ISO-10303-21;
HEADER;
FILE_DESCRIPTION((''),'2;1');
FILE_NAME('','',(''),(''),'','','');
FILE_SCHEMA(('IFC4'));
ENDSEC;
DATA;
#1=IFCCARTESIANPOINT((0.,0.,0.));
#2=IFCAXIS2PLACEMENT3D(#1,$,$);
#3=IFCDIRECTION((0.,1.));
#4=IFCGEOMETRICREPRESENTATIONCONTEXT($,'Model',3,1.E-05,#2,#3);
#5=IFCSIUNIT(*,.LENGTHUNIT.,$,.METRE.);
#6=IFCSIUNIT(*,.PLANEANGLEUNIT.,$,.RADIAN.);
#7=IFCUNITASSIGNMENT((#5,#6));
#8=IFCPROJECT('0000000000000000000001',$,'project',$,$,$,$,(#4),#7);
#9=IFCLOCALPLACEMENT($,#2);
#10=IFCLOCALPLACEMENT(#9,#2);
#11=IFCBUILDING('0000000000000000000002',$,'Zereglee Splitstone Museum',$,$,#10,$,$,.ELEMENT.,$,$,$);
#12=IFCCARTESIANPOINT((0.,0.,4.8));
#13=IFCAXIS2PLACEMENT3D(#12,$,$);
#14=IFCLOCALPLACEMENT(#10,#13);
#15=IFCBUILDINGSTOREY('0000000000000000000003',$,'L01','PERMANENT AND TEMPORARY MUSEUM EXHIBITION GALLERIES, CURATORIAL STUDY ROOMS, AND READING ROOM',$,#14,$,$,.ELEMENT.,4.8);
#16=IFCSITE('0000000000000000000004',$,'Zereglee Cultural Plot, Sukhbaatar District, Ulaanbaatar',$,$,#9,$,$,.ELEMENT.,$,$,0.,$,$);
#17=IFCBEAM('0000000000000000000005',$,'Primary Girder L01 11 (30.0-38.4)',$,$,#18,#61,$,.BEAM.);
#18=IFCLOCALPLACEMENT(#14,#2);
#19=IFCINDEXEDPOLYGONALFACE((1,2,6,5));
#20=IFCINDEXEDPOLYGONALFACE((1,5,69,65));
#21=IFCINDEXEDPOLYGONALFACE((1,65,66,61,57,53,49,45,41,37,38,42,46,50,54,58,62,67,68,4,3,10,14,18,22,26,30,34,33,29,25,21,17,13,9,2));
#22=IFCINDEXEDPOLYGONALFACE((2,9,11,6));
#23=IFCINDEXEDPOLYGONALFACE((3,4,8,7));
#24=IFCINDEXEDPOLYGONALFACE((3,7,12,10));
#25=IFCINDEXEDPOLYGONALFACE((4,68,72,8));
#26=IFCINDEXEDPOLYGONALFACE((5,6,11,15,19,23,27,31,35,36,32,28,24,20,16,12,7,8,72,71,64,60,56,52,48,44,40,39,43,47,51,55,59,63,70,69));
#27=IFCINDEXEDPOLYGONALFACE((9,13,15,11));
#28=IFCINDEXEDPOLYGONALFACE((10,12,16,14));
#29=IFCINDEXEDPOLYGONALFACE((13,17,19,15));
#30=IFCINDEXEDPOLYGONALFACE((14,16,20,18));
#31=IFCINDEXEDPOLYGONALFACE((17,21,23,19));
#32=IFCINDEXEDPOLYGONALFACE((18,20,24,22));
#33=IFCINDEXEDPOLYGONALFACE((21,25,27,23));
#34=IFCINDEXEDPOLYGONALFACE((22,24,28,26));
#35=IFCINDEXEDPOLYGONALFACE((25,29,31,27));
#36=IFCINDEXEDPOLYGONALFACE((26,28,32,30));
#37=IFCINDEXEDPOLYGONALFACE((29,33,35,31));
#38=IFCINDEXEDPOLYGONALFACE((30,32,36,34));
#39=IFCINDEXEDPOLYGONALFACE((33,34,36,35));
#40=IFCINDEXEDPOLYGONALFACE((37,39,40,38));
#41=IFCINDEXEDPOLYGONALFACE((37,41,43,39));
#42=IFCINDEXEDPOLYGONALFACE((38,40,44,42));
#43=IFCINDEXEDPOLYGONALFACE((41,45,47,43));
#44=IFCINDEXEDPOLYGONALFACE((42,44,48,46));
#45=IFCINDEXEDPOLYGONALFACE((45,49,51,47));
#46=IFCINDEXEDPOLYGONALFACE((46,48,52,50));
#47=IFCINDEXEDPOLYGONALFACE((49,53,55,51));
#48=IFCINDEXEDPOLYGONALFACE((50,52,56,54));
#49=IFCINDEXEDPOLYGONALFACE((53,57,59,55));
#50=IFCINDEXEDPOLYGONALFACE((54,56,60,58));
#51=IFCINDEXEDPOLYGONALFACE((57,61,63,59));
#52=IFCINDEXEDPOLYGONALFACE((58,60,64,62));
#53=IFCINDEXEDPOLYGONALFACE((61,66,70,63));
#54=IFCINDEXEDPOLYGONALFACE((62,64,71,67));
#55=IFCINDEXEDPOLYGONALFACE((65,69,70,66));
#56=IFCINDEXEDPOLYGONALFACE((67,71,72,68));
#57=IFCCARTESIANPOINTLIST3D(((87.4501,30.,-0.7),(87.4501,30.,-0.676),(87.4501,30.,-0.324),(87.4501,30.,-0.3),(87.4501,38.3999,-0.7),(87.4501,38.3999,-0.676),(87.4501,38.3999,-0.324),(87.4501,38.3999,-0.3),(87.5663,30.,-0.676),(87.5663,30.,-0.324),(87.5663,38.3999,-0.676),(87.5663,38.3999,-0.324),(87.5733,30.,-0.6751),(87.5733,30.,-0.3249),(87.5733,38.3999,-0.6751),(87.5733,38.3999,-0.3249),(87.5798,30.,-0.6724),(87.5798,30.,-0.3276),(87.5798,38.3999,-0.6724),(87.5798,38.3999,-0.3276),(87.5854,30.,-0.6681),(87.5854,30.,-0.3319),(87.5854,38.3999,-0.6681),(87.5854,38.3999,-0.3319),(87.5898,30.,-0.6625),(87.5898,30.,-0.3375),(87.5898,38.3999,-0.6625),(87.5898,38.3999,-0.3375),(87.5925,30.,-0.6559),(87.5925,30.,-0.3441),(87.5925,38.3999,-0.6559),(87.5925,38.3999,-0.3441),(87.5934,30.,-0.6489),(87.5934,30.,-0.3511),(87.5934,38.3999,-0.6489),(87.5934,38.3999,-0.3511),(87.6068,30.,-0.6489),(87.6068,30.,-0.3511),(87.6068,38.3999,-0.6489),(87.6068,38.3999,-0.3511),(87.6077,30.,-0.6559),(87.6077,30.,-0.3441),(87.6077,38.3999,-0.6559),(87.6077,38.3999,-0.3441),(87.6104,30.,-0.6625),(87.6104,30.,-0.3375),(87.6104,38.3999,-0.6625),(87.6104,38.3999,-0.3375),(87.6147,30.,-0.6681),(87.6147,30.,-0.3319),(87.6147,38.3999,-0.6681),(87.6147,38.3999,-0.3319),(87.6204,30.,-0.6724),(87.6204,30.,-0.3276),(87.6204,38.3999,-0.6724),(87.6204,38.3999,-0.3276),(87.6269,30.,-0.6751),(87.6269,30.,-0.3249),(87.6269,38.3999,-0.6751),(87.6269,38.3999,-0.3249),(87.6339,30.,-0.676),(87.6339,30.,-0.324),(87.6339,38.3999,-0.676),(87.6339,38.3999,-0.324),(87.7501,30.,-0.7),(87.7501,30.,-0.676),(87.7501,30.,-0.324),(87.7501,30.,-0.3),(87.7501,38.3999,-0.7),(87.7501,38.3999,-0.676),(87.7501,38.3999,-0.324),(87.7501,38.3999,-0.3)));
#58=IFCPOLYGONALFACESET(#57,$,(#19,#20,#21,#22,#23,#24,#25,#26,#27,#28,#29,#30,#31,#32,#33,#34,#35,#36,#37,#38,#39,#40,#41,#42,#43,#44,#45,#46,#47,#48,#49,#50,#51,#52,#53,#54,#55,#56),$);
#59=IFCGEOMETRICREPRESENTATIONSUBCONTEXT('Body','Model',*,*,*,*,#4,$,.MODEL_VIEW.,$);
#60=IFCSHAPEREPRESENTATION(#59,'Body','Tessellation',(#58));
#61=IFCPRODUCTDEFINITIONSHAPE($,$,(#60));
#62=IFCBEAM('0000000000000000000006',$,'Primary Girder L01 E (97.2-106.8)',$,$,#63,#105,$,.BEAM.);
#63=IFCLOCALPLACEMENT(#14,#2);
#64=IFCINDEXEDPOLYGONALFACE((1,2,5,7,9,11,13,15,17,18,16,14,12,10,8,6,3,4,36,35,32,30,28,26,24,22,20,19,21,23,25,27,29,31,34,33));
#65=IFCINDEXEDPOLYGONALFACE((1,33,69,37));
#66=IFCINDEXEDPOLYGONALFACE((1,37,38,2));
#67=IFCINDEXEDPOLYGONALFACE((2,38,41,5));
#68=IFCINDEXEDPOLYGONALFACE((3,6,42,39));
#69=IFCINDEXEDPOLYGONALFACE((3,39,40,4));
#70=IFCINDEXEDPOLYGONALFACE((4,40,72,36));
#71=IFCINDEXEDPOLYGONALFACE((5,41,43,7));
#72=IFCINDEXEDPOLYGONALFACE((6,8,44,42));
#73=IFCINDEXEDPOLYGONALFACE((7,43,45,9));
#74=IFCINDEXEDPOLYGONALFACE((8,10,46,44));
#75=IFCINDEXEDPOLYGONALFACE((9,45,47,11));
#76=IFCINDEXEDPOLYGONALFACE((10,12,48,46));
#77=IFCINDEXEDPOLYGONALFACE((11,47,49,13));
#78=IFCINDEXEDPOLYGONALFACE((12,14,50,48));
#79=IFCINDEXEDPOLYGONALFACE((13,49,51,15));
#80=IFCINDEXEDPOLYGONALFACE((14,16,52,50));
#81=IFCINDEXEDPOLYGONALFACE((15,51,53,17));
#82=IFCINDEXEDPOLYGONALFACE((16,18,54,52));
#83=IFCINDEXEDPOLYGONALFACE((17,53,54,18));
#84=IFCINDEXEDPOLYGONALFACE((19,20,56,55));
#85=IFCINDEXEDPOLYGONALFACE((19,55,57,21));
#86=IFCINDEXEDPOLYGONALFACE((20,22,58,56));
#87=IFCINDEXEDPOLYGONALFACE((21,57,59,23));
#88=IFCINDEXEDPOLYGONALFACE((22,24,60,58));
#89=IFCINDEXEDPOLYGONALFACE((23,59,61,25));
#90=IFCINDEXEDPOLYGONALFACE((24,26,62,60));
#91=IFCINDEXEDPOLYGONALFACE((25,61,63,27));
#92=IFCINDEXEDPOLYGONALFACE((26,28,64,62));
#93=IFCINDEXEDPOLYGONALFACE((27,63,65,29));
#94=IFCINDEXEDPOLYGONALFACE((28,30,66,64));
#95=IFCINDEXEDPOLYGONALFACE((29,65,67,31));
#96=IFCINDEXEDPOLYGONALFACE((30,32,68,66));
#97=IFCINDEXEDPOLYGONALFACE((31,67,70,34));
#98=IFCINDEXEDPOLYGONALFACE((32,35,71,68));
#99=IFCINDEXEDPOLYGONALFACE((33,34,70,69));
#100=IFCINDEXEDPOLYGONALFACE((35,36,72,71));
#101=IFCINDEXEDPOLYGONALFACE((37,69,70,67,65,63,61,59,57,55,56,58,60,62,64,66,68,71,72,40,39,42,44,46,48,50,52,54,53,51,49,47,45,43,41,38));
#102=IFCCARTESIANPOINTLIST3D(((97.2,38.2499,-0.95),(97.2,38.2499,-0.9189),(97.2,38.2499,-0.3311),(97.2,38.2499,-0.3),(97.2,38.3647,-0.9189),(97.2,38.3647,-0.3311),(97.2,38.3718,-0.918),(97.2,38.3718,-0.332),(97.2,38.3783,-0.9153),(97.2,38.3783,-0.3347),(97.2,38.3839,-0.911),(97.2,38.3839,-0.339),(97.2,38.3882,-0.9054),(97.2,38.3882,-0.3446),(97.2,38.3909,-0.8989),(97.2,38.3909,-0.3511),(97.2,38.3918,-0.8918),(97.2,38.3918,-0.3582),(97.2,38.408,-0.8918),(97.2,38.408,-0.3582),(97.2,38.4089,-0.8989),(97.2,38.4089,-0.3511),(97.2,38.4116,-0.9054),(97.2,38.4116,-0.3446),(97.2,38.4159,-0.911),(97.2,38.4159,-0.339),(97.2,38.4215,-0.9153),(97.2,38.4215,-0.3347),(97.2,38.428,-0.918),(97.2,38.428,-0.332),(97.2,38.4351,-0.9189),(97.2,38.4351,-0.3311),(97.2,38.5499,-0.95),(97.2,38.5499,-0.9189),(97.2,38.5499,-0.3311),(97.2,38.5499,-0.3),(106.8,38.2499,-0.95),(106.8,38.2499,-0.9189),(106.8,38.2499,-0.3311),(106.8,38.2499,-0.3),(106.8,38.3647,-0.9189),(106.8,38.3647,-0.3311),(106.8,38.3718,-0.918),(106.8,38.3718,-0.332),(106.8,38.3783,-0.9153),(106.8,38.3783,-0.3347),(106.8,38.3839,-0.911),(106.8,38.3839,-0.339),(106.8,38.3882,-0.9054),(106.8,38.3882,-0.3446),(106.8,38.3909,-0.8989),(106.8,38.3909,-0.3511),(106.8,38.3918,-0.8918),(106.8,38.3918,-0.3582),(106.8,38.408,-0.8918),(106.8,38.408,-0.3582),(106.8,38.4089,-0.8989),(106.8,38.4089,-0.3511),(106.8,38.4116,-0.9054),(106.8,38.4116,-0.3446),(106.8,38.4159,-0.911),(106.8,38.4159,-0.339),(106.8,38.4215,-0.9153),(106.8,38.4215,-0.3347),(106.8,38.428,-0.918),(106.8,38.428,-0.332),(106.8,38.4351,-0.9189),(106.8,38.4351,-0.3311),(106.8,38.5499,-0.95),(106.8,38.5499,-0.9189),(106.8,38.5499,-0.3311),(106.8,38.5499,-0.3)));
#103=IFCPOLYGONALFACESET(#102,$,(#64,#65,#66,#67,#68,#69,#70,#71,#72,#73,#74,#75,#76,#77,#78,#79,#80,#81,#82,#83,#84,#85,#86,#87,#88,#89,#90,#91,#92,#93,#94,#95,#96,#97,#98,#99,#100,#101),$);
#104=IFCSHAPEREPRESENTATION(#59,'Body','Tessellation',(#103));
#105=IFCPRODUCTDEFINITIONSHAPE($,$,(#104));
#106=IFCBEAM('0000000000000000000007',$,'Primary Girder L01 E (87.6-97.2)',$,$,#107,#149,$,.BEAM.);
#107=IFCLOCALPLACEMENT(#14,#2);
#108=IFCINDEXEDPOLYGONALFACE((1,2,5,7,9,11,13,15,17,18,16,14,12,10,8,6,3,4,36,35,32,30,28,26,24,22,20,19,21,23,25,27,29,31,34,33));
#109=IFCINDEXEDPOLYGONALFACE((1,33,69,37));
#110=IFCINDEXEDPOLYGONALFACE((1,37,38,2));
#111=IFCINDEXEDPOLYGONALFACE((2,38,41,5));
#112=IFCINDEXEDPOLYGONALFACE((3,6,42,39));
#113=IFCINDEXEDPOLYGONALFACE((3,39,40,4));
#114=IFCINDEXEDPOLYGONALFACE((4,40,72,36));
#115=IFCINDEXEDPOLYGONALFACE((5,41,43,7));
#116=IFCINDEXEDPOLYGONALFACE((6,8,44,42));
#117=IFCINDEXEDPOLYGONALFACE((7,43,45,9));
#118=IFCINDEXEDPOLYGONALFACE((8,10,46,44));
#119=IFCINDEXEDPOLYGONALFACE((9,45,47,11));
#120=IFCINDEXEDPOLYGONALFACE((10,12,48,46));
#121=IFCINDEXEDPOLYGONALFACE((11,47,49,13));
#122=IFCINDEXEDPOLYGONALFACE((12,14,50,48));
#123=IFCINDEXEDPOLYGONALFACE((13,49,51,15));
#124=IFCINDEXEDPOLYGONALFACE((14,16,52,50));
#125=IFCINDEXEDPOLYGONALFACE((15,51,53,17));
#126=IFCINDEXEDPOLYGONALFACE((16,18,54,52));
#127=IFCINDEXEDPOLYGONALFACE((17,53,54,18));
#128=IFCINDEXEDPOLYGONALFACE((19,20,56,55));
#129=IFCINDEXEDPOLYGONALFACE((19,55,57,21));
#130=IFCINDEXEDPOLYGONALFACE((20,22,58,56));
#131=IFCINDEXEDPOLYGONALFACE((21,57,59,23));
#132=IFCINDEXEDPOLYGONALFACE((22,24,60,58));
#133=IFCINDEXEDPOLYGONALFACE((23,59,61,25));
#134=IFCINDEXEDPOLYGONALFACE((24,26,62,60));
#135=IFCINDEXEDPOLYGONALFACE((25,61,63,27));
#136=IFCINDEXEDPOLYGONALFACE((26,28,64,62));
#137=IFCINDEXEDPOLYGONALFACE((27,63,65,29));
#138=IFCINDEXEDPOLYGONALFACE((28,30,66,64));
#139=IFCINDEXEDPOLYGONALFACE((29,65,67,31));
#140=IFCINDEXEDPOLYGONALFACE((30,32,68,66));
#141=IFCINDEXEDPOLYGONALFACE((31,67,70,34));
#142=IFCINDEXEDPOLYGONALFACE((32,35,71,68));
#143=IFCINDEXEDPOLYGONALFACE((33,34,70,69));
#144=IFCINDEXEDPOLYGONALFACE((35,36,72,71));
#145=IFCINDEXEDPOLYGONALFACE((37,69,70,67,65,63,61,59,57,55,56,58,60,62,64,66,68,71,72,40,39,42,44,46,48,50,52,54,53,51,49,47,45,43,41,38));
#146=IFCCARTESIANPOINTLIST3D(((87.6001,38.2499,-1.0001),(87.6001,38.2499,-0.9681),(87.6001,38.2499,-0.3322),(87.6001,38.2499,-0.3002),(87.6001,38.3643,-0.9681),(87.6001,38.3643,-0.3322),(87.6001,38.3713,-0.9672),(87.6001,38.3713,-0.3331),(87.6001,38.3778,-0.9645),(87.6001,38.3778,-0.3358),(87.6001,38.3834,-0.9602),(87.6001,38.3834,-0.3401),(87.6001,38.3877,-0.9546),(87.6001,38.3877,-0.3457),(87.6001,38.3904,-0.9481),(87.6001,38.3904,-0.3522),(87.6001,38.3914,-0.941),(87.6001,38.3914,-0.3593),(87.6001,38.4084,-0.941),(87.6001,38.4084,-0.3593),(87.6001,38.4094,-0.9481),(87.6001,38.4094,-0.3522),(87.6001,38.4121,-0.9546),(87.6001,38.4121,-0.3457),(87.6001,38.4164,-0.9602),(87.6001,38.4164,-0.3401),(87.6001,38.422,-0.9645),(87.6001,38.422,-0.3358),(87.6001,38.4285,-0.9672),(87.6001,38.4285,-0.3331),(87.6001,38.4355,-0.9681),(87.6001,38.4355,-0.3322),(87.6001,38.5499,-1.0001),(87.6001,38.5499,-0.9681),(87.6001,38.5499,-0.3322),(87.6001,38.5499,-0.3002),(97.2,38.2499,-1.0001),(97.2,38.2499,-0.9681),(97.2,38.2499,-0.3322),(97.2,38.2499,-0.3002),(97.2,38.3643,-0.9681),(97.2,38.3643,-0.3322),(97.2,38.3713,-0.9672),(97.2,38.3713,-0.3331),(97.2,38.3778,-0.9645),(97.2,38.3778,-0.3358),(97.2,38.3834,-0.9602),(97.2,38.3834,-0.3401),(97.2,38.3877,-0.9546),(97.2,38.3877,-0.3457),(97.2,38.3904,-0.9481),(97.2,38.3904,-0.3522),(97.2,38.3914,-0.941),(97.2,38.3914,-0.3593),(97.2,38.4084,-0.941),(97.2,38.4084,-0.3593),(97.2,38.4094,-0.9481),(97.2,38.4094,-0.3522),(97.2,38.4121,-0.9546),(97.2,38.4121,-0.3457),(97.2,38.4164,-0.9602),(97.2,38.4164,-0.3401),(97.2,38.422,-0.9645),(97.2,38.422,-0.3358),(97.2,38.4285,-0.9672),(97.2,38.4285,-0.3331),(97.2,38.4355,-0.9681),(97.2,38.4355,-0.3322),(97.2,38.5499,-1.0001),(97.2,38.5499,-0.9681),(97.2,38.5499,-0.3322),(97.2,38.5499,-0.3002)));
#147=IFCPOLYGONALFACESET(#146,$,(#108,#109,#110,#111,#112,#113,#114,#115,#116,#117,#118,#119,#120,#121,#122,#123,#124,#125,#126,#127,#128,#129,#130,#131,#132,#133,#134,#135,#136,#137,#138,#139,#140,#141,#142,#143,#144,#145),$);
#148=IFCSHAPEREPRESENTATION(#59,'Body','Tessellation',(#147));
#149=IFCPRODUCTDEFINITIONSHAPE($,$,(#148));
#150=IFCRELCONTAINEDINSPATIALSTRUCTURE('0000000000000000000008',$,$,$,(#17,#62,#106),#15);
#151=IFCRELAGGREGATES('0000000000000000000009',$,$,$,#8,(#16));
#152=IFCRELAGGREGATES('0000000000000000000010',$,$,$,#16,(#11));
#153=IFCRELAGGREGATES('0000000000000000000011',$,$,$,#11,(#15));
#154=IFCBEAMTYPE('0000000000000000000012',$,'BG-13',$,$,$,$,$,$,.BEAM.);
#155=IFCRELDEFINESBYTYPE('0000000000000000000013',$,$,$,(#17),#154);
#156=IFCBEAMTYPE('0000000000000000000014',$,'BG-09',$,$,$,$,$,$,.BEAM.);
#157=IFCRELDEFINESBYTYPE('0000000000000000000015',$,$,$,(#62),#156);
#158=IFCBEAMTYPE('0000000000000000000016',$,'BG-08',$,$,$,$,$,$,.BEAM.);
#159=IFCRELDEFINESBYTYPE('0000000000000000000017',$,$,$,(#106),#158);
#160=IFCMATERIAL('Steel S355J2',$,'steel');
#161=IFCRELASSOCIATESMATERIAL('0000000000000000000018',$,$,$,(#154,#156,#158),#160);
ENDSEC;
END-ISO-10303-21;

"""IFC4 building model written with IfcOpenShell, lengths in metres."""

from ifc_helpers import new_model, si_unit, direction, frame, origin, origin_2d, place, context, subcontext, project, spatial, i_section, extrude, material, material_profile, profile_set, type_object, element, save


model = new_model("IFC4")

# Units and contexts
model_context = context("Model", 3, precision=1e-05, world=origin(), true_north=direction((0.0, 1.0)))
body_context = subcontext(model_context, "Body", "Model", "MODEL_VIEW")
ifc_project = project(units=[si_unit("LENGTHUNIT", "METRE"), si_unit("PLANEANGLEUNIT", "RADIAN")], contexts=[model_context])

# Site, building, storey
site_placement = place(None, origin())
site = spatial("IfcSite", under=ifc_project, at=site_placement, Name="Zereglee Cultural Plot, Sukhbaatar District, Ulaanbaatar", CompositionType="ELEMENT", RefElevation=0.0)
building_placement = place(site_placement, origin())
building = spatial("IfcBuilding", under=site, at=building_placement, Name="Zereglee Splitstone Museum", CompositionType="ELEMENT")
storey_placement = place(building_placement, frame((0.0, 0.0, 4.8)))
storey = spatial("IfcBuildingStorey", under=building, at=storey_placement, Name="L01", Description="PERMANENT AND TEMPORARY MUSEUM EXHIBITION GALLERIES, CURATORIAL STUDY ROOMS, AND READING ROOM", CompositionType="ELEMENT", Elevation=4.8)

# Shared definitions
ifc_material_1 = material(Name="Steel S355J2", Category="steel")

# Beams
ifc_material_profile_1 = material_profile(ifc_material_1, i_section(OverallWidth=0.3, OverallDepth=0.3999, WebThickness=0.0134, FlangeThickness=0.0239, FilletRadius=0.0271, at=origin_2d()), Name="HE 400 B")
ifc_profile_set_1 = profile_set([ifc_material_profile_1], Name="Steel S355J2")
beam_type_1 = type_object("IfcBeamType", Name="BG-13", PredefinedType="BEAM", material=ifc_profile_set_1)
beam_1_placement = place(storey_placement, frame((87.6001, 30.0, -0.5), z_axis=(0.0, 1.0, 0.0), x_axis=(-1.0, 0.0, 0.0)))
element("IfcBeam", 1, at=beam_1_placement, inside=storey, type_object=beam_type_1, Name="Primary Girder L01 11 (30.0-38.4)", PredefinedType="BEAM", context=body_context, shape_type="SweptSolid", body=[
    extrude(i_section(OverallWidth=0.3, OverallDepth=0.3999, WebThickness=0.0134, FlangeThickness=0.0239, FilletRadius=0.0271, at=origin_2d()), origin(), (0.0, 0.0, 1.0), 8.3999),
])
ifc_material_profile_2 = material_profile(ifc_material_1, i_section(OverallWidth=0.3, OverallDepth=0.6499, WebThickness=0.0161, FlangeThickness=0.031, FilletRadius=0.0271, at=origin_2d()), Name="HE 650 B")
ifc_profile_set_2 = profile_set([ifc_material_profile_2], Name="Steel S355J2")
beam_type_2 = type_object("IfcBeamType", Name="BG-09", PredefinedType="BEAM", material=ifc_profile_set_2)
beam_2_placement = place(storey_placement, frame((97.2, 38.3999, -0.625), z_axis=(1.0, 0.0, 0.0), x_axis=(0.0, 1.0, 0.0)))
element("IfcBeam", 2, at=beam_2_placement, inside=storey, type_object=beam_type_2, Name="Primary Girder L01 E (97.2-106.8)", PredefinedType="BEAM", context=body_context, shape_type="SweptSolid", body=[
    extrude(i_section(OverallWidth=0.3, OverallDepth=0.6499, WebThickness=0.0161, FlangeThickness=0.031, FilletRadius=0.0271, at=origin_2d()), origin(), (0.0, 0.0, 1.0), 9.6001),
])
ifc_material_profile_3 = material_profile(ifc_material_1, i_section(OverallWidth=0.3, OverallDepth=0.7, WebThickness=0.0171, FlangeThickness=0.032, FilletRadius=0.0271, at=origin_2d()), Name="HE 700 B")
ifc_profile_set_3 = profile_set([ifc_material_profile_3], Name="Steel S355J2")
beam_type_3 = type_object("IfcBeamType", Name="BG-08", PredefinedType="BEAM", material=ifc_profile_set_3)
beam_3_placement = place(storey_placement, frame((87.6001, 38.3999, -0.6501), z_axis=(1.0, 0.0, 0.0), x_axis=(0.0, 1.0, 0.0)))
element("IfcBeam", 3, at=beam_3_placement, inside=storey, type_object=beam_type_3, Name="Primary Girder L01 E (87.6-97.2)", PredefinedType="BEAM", context=body_context, shape_type="SweptSolid", body=[
    extrude(i_section(OverallWidth=0.3, OverallDepth=0.7, WebThickness=0.0171, FlangeThickness=0.032, FilletRadius=0.0271, at=origin_2d()), origin(), (0.0, 0.0, 1.0), 9.5999),
])

save(model, "model.ifc")
